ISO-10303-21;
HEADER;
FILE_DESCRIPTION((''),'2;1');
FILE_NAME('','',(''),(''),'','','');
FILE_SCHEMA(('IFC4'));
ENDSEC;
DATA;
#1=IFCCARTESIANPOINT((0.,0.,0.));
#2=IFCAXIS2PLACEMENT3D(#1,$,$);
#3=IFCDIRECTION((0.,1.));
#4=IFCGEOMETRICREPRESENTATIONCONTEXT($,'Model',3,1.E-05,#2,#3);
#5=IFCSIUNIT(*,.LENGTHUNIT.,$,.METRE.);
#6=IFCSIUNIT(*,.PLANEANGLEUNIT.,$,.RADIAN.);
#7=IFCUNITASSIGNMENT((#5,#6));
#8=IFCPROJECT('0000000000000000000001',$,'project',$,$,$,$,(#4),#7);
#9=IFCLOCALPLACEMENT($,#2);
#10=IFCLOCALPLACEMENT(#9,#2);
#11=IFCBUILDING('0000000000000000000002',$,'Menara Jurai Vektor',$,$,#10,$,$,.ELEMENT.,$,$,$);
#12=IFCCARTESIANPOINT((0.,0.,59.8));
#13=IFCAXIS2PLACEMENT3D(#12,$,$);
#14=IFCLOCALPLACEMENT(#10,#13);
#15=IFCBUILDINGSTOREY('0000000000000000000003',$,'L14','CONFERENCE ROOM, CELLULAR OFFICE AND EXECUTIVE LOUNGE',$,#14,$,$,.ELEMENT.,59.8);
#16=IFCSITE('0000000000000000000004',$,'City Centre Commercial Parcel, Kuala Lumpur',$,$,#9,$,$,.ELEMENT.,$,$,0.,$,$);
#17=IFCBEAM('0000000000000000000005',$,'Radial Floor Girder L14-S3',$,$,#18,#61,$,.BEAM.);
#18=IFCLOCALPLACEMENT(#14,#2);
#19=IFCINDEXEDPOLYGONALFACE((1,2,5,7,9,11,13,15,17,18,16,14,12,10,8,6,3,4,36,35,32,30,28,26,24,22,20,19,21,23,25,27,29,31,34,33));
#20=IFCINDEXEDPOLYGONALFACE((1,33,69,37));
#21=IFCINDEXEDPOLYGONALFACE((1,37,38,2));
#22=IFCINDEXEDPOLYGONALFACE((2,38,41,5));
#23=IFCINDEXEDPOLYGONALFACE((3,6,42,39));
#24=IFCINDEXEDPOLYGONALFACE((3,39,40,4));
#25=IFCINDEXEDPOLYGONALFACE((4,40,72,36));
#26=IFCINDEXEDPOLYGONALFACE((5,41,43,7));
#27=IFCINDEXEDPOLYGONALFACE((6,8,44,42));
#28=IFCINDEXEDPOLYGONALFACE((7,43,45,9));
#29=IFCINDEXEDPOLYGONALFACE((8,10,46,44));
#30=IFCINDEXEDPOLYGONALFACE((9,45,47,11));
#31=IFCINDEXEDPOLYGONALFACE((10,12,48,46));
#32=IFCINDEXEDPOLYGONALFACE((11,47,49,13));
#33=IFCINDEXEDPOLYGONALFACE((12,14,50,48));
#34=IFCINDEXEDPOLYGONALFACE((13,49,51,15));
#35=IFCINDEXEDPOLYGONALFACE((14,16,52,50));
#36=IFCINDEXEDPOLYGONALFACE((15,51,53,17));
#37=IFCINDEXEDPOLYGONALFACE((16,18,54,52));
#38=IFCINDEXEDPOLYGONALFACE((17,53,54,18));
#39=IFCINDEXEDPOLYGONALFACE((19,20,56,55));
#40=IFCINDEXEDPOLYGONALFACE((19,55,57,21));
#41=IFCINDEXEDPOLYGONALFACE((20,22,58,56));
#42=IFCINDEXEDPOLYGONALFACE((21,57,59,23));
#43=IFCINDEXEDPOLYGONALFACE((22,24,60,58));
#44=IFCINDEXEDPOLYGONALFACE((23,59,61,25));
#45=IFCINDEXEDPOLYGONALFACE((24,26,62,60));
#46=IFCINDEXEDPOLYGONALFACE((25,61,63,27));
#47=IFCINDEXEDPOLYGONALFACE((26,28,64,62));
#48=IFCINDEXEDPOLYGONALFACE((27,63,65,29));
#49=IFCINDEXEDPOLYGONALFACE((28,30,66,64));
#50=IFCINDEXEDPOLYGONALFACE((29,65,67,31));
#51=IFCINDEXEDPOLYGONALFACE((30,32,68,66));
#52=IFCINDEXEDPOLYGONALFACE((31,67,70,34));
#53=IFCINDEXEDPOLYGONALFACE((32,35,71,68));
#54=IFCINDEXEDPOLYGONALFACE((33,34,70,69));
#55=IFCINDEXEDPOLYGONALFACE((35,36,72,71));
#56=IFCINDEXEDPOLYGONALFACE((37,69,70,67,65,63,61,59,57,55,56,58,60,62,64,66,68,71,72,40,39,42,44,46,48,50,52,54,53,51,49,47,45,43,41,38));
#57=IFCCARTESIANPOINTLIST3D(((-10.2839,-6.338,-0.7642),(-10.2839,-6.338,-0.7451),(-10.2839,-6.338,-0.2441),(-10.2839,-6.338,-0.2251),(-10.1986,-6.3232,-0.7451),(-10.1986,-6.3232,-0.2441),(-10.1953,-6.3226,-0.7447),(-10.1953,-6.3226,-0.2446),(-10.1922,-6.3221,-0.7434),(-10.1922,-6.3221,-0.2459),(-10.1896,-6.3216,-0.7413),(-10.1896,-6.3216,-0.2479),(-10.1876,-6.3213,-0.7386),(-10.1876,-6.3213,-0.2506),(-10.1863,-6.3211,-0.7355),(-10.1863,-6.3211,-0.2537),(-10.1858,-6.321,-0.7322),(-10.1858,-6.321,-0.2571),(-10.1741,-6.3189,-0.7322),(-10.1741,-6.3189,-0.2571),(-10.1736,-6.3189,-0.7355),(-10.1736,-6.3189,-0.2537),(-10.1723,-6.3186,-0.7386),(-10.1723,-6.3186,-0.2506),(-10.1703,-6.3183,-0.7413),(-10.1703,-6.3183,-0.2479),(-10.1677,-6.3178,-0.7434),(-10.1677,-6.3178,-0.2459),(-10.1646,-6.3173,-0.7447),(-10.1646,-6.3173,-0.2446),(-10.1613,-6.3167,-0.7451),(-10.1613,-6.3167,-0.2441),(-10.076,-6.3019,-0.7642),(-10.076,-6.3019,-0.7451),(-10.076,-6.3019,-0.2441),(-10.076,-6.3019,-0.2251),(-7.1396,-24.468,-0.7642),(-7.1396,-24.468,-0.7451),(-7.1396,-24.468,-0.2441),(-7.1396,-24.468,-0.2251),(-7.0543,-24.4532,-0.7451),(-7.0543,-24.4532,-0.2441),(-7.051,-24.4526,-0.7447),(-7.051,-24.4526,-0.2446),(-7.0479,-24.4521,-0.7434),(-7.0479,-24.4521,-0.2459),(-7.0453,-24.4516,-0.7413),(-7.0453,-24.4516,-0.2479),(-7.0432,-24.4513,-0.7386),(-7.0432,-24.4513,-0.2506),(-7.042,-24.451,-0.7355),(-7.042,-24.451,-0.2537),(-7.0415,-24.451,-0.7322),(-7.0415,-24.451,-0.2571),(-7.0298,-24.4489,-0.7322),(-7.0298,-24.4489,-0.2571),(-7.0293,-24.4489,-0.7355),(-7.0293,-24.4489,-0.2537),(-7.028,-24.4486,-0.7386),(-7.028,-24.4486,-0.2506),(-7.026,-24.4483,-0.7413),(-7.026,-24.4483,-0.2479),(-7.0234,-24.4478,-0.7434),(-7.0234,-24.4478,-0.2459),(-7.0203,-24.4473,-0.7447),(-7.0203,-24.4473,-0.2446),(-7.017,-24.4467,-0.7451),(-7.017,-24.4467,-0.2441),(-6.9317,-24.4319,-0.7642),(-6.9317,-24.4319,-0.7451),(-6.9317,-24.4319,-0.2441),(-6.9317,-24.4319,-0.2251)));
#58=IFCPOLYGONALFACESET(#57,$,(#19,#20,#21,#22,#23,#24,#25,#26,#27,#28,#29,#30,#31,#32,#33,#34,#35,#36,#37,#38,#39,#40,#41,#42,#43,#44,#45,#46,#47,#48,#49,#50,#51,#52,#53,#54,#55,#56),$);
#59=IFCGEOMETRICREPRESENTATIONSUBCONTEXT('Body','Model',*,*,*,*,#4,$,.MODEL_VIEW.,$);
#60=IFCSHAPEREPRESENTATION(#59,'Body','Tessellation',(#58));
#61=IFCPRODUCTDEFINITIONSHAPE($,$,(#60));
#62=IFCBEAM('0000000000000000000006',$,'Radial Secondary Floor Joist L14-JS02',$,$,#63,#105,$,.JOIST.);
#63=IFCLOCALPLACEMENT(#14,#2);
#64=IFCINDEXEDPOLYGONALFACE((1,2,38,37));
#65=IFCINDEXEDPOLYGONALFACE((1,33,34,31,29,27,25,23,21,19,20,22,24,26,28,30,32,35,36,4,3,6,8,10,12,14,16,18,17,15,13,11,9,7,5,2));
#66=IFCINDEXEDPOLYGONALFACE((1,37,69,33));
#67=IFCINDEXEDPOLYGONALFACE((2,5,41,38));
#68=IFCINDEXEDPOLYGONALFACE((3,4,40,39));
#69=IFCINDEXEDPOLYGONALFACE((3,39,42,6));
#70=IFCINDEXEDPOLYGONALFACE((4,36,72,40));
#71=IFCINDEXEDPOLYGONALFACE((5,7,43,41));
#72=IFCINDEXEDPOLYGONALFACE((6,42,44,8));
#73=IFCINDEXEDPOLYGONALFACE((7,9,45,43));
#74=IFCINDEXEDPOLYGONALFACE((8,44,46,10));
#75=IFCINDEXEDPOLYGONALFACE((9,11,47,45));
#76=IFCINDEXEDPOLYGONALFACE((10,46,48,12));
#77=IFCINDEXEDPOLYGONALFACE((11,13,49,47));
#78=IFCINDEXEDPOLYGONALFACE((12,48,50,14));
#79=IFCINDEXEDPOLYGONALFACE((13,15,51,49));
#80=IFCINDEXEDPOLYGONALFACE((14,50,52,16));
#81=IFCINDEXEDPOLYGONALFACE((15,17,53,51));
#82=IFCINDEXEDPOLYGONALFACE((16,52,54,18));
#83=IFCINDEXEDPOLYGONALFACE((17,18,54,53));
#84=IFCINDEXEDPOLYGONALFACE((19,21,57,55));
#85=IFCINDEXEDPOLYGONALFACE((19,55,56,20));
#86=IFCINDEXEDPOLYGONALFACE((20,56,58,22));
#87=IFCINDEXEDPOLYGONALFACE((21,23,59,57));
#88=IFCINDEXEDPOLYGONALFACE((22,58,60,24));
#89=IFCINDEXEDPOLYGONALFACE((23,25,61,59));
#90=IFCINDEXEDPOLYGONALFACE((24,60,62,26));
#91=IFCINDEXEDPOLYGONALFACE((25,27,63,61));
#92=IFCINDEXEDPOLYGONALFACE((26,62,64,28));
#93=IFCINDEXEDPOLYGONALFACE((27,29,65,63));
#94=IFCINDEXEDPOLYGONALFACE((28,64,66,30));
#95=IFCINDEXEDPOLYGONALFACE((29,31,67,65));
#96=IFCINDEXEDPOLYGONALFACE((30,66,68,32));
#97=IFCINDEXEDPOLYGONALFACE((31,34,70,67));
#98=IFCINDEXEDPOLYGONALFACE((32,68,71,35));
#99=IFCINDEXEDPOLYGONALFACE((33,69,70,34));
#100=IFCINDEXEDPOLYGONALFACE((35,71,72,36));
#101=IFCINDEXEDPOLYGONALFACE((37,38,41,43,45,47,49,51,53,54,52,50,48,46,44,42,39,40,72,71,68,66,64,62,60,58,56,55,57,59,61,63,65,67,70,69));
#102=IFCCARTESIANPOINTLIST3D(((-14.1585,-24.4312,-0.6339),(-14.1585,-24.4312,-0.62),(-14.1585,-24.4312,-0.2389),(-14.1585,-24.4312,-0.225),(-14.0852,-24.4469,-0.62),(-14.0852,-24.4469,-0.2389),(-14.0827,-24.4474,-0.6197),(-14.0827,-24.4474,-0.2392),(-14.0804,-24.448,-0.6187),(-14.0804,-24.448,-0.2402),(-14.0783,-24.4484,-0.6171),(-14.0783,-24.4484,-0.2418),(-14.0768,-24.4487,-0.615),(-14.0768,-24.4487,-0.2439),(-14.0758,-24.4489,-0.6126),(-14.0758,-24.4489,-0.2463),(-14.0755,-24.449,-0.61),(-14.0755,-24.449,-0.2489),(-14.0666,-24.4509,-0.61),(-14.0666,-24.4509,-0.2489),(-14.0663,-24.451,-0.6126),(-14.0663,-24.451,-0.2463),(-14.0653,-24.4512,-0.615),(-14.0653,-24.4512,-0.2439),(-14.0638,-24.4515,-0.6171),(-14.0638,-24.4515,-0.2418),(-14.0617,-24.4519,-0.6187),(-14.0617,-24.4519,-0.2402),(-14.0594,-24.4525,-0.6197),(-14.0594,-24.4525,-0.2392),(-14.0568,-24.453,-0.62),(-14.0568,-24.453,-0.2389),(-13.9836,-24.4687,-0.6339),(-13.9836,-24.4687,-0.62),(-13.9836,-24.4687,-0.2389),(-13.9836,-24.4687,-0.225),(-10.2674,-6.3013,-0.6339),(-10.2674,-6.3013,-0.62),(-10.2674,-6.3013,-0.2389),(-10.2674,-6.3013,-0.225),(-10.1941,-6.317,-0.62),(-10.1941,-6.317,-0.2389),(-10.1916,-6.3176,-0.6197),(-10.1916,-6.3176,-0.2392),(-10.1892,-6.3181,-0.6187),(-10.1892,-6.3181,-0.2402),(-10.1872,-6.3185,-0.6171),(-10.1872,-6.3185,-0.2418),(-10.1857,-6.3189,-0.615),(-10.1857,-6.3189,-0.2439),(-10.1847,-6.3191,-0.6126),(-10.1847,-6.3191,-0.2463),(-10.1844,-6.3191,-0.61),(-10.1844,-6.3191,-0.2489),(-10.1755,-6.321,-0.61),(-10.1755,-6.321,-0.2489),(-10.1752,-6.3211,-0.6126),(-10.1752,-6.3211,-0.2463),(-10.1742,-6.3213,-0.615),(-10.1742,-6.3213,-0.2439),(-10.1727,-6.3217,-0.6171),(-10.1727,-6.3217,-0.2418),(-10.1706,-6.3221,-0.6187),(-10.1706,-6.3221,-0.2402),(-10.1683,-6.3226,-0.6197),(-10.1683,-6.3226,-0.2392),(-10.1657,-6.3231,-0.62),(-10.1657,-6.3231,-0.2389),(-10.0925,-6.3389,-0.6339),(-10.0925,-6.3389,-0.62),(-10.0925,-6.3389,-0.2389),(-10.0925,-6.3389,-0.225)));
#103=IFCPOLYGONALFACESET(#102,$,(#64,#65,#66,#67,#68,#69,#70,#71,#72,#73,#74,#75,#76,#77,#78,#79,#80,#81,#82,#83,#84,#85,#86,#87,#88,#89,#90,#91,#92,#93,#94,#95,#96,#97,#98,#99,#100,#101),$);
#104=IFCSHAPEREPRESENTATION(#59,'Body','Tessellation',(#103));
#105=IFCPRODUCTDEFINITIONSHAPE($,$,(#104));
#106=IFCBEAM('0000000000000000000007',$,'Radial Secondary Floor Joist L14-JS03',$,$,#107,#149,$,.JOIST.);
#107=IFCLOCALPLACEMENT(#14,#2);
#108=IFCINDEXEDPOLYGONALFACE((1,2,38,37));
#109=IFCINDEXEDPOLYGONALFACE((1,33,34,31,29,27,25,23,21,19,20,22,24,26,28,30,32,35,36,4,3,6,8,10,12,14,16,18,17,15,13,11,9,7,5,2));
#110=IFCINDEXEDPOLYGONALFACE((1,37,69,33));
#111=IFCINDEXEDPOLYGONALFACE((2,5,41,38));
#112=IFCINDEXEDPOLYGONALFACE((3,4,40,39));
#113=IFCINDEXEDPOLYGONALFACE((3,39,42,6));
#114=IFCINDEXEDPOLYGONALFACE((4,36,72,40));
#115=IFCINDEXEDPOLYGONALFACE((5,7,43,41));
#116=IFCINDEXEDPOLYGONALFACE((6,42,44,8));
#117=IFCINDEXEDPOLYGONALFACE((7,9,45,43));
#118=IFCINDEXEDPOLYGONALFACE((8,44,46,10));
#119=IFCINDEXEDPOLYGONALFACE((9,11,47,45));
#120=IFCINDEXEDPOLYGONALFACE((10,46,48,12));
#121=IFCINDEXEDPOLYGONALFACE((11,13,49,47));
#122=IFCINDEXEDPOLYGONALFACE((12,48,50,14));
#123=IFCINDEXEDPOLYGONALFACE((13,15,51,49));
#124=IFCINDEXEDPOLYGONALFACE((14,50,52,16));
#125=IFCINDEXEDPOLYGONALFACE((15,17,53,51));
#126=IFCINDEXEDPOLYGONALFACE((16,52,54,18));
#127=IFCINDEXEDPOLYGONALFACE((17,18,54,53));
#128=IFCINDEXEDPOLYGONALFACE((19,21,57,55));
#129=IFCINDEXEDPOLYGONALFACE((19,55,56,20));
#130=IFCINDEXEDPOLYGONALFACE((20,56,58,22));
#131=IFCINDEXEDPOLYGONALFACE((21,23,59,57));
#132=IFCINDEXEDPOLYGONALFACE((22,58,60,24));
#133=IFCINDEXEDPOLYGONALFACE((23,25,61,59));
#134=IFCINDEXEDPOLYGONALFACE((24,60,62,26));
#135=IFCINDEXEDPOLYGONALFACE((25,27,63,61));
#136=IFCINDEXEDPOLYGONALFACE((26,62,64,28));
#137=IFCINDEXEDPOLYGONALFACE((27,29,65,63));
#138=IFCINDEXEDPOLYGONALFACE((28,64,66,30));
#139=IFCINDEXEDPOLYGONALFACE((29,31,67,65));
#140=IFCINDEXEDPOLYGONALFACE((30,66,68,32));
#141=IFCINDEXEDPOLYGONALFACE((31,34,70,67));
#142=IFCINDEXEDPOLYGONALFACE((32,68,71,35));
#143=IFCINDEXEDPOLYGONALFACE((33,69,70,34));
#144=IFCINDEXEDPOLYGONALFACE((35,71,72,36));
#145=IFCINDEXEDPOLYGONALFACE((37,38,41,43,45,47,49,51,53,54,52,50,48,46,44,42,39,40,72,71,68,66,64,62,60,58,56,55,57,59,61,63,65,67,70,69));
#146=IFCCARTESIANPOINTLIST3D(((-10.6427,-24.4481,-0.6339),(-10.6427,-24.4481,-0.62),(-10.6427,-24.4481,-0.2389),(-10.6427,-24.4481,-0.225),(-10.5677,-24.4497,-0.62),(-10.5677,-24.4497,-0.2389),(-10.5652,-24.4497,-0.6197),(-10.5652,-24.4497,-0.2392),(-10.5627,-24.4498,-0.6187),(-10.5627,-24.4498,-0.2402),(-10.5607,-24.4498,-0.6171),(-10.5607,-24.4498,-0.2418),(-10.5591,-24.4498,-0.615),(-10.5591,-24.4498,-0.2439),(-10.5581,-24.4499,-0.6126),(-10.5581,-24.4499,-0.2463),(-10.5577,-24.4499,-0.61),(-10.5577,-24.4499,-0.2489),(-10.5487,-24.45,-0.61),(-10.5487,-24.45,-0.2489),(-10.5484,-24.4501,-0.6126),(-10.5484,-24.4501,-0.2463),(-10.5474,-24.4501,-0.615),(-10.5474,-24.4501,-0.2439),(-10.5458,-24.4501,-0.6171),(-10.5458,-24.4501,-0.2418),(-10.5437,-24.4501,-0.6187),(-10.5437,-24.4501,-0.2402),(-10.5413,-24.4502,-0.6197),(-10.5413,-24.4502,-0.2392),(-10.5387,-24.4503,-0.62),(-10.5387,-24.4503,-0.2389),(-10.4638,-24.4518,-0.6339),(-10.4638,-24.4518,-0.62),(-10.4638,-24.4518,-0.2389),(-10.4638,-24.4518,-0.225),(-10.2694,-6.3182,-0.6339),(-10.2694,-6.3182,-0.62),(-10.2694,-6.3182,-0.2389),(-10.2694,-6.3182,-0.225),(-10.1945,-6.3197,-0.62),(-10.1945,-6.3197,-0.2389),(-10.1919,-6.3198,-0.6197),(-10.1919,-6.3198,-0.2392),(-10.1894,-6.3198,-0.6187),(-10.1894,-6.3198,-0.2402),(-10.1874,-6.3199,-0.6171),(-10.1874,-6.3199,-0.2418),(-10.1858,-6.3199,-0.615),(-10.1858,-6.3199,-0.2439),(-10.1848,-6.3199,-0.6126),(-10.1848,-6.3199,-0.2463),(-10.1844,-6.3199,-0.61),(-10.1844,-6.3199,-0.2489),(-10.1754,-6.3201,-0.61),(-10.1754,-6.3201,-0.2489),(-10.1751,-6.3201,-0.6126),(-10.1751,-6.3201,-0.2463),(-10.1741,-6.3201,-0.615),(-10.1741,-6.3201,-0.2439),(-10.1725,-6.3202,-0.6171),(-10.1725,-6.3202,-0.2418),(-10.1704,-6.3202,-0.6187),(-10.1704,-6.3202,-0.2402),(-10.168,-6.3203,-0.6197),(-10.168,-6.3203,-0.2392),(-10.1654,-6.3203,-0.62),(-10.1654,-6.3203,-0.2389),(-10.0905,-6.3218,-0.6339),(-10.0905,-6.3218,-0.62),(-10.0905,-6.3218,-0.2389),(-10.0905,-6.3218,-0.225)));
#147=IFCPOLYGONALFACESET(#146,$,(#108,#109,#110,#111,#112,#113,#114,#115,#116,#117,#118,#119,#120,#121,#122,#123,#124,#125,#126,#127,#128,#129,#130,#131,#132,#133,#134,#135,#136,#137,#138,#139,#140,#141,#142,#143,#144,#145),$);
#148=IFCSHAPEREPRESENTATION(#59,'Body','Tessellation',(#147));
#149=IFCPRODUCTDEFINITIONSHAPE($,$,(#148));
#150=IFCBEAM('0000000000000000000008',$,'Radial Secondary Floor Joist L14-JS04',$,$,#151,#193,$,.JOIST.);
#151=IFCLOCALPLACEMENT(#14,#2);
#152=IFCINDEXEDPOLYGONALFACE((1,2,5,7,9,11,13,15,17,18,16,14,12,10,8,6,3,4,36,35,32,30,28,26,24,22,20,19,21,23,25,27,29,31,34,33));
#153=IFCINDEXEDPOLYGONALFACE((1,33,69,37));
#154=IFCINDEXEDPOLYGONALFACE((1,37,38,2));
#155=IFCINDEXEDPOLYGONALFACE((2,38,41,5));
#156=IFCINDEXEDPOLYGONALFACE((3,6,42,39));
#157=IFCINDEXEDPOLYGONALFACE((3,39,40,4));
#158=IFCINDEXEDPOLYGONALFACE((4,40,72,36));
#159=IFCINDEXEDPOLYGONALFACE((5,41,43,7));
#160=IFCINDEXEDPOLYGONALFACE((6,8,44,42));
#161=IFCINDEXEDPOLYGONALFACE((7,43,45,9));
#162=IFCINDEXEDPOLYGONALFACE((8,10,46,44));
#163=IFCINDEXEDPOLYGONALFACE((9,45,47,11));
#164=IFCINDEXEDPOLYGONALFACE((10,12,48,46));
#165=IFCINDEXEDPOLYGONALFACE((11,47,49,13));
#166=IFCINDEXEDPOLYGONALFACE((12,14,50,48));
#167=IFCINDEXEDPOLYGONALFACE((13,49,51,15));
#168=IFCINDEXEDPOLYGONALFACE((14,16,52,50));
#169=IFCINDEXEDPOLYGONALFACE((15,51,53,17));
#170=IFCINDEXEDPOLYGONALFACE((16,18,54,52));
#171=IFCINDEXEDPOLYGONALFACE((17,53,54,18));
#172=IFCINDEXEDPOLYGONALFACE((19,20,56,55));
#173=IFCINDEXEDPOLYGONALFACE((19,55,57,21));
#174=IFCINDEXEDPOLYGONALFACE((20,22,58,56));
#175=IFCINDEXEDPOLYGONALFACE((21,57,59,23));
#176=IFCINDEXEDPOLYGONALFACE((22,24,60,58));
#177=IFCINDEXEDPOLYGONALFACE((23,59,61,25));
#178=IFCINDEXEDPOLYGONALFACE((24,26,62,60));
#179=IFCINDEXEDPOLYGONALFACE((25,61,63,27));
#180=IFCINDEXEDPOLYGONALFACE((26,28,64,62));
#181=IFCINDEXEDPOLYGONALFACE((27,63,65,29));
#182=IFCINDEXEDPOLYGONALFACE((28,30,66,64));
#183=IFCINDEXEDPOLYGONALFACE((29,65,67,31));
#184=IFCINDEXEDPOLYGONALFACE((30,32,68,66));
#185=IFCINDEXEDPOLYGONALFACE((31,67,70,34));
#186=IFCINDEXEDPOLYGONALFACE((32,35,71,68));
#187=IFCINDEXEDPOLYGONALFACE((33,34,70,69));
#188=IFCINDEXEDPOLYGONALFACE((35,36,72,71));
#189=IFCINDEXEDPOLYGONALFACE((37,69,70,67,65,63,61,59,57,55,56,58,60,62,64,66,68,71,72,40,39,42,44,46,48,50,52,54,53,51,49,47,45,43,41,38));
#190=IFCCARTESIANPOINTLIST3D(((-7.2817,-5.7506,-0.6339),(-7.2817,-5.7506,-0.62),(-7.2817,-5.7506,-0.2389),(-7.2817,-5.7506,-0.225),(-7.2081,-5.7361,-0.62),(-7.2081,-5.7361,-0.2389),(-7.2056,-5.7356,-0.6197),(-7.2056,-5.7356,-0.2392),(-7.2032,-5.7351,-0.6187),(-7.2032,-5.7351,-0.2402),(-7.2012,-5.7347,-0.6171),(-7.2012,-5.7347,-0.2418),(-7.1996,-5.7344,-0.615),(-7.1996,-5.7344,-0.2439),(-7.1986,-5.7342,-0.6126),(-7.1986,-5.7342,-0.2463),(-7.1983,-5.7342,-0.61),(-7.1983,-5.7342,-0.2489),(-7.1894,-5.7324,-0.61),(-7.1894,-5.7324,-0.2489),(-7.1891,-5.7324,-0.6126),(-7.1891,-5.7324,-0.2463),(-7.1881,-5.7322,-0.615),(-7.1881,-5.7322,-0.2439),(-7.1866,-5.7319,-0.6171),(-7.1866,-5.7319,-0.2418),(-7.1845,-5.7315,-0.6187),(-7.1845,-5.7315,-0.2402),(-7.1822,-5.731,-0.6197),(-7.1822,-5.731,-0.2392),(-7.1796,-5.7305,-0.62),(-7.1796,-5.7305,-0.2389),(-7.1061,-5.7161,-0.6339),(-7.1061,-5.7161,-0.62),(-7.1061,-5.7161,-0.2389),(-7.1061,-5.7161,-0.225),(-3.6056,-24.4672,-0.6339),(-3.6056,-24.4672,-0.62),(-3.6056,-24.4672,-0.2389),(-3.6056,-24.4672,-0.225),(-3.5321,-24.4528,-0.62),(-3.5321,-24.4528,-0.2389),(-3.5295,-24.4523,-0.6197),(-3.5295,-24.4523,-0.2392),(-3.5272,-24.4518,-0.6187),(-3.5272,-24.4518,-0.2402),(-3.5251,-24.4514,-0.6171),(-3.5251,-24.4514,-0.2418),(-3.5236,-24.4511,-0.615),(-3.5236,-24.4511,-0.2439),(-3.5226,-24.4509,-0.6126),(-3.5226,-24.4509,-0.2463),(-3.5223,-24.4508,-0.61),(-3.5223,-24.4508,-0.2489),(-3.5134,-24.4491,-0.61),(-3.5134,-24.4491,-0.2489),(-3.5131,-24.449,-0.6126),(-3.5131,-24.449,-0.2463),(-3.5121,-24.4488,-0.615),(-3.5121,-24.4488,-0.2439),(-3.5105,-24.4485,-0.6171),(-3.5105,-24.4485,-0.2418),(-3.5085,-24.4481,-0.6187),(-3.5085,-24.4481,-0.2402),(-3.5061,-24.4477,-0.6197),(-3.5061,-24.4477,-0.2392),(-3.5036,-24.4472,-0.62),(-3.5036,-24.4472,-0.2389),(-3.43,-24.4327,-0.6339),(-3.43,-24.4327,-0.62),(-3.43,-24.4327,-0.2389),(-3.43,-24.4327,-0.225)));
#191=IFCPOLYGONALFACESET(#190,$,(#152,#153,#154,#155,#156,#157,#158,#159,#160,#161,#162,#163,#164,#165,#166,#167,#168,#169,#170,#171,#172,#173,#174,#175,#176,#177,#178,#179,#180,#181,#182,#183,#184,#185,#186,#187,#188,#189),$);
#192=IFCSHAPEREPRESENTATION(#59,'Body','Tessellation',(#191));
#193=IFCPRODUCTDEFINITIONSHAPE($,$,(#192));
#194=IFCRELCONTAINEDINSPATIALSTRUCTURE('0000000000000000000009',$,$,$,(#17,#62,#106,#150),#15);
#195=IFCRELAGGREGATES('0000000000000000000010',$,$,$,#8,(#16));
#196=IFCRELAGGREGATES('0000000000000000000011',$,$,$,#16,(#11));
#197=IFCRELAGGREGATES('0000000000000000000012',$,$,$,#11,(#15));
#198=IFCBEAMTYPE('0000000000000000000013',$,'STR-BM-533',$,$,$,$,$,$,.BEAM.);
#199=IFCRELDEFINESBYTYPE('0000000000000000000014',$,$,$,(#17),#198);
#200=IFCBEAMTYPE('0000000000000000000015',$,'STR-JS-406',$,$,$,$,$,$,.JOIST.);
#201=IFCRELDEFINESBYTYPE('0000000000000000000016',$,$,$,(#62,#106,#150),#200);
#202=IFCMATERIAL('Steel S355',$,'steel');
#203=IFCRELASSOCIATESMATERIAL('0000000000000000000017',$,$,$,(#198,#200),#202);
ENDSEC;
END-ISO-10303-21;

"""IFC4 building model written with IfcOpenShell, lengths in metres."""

from ifc_helpers import new_model, si_unit, direction, frame, origin, origin_2d, place, context, subcontext, project, spatial, i_section, extrude, material, material_profile, profile_set, type_object, element, save


model = new_model("IFC4")

# Units and contexts
model_context = context("Model", 3, precision=1e-05, world=origin(), true_north=direction((0.0, 1.0)))
body_context = subcontext(model_context, "Body", "Model", "MODEL_VIEW")
ifc_project = project(units=[si_unit("LENGTHUNIT", "METRE"), si_unit("PLANEANGLEUNIT", "RADIAN")], contexts=[model_context])

# Site, building, storey
site_placement = place(None, origin())
site = spatial("IfcSite", under=ifc_project, at=site_placement, Name="City Centre Commercial Parcel, Kuala Lumpur", CompositionType="ELEMENT", RefElevation=0.0)
building_placement = place(site_placement, origin())
building = spatial("IfcBuilding", under=site, at=building_placement, Name="Menara Jurai Vektor", CompositionType="ELEMENT")
storey_placement = place(building_placement, frame((0.0, 0.0, 59.8)))
storey = spatial("IfcBuildingStorey", under=building, at=storey_placement, Name="L14", Description="CONFERENCE ROOM, CELLULAR OFFICE AND EXECUTIVE LOUNGE", CompositionType="ELEMENT", Elevation=59.8)

# Beams
ifc_material_1 = material(Name="Steel S355", Category="steel")
ifc_material_profile_1 = material_profile(ifc_material_1, i_section(OverallWidth=0.2109, OverallDepth=0.5391, WebThickness=0.012, FlangeThickness=0.019, FilletRadius=0.0129, at=origin_2d()), Name="UKB 533x210x109")
ifc_profile_set_1 = profile_set([ifc_material_profile_1], Name="Steel S355")
beam_type_1 = type_object("IfcBeamType", Name="STR-BM-533", PredefinedType="BEAM", material=ifc_profile_set_1)
beam_1_placement = place(storey_placement, frame((-7.0356, -24.45, -0.4946), z_axis=(-0.17088, 0.985292, 0.0), x_axis=(-0.985292, -0.17088, 0.0)))
element("IfcBeam", 1, at=beam_1_placement, inside=storey, type_object=beam_type_1, Name="Radial Floor Girder L14-S3", PredefinedType="BEAM", context=body_context, shape_type="SweptSolid", body=[
    extrude(i_section(OverallWidth=0.2109, OverallDepth=0.5391, WebThickness=0.012, FlangeThickness=0.019, FilletRadius=0.0129, at=origin_2d()), origin(), (0.0, 0.0, 1.0), 18.4006),
])
ifc_material_profile_2 = material_profile(ifc_material_1, i_section(OverallWidth=0.179, OverallDepth=0.4089, WebThickness=0.009, FlangeThickness=0.0139, FilletRadius=0.01, at=origin_2d()), Name="UKB 406x178x67")
ifc_profile_set_2 = profile_set([ifc_material_profile_2], Name="Steel S355")
beam_type_2 = type_object("IfcBeamType", Name="STR-JS-406", PredefinedType="JOIST", material=ifc_profile_set_2)
beam_2_placement = place(storey_placement, frame((-14.071, -24.45, -0.4294), z_axis=(0.209846, 0.977735, 0.0), x_axis=(-0.977735, 0.209846, 0.0)))
element("IfcBeam", 2, at=beam_2_placement, inside=storey, type_object=beam_type_2, Name="Radial Secondary Floor Joist L14-JS02", PredefinedType="JOIST", context=body_context, shape_type="SweptSolid", body=[
    extrude(i_section(OverallWidth=0.179, OverallDepth=0.4089, WebThickness=0.009, FlangeThickness=0.0139, FilletRadius=0.01, at=origin_2d()), origin(), (0.0, 0.0, 1.0), 18.5427),
])
beam_3_placement = place(storey_placement, frame((-10.5532, -24.45, -0.4294), z_axis=(0.020585, 0.999788, 0.0), x_axis=(-0.999788, 0.020585, 0.0)))
element("IfcBeam", 3, at=beam_3_placement, inside=storey, type_object=beam_type_2, Name="Radial Secondary Floor Joist L14-JS03", PredefinedType="JOIST", context=body_context, shape_type="SweptSolid", body=[
    extrude(i_section(OverallWidth=0.179, OverallDepth=0.4089, WebThickness=0.009, FlangeThickness=0.0139, FilletRadius=0.01, at=origin_2d()), origin(), (0.0, 0.0, 1.0), 18.1338),
])
beam_4_placement = place(storey_placement, frame((-3.5178, -24.45, -0.4294), z_axis=(-0.192723, 0.981253, 0.0), x_axis=(-0.981253, -0.192723, 0.0)))
element("IfcBeam", 4, at=beam_4_placement, inside=storey, type_object=beam_type_2, Name="Radial Secondary Floor Joist L14-JS04", PredefinedType="JOIST", context=body_context, shape_type="SweptSolid", body=[
    extrude(i_section(OverallWidth=0.179, OverallDepth=0.4089, WebThickness=0.009, FlangeThickness=0.0139, FilletRadius=0.01, at=origin_2d()), origin(), (0.0, 0.0, 1.0), 19.0742),
])

save(model, "model.ifc")
